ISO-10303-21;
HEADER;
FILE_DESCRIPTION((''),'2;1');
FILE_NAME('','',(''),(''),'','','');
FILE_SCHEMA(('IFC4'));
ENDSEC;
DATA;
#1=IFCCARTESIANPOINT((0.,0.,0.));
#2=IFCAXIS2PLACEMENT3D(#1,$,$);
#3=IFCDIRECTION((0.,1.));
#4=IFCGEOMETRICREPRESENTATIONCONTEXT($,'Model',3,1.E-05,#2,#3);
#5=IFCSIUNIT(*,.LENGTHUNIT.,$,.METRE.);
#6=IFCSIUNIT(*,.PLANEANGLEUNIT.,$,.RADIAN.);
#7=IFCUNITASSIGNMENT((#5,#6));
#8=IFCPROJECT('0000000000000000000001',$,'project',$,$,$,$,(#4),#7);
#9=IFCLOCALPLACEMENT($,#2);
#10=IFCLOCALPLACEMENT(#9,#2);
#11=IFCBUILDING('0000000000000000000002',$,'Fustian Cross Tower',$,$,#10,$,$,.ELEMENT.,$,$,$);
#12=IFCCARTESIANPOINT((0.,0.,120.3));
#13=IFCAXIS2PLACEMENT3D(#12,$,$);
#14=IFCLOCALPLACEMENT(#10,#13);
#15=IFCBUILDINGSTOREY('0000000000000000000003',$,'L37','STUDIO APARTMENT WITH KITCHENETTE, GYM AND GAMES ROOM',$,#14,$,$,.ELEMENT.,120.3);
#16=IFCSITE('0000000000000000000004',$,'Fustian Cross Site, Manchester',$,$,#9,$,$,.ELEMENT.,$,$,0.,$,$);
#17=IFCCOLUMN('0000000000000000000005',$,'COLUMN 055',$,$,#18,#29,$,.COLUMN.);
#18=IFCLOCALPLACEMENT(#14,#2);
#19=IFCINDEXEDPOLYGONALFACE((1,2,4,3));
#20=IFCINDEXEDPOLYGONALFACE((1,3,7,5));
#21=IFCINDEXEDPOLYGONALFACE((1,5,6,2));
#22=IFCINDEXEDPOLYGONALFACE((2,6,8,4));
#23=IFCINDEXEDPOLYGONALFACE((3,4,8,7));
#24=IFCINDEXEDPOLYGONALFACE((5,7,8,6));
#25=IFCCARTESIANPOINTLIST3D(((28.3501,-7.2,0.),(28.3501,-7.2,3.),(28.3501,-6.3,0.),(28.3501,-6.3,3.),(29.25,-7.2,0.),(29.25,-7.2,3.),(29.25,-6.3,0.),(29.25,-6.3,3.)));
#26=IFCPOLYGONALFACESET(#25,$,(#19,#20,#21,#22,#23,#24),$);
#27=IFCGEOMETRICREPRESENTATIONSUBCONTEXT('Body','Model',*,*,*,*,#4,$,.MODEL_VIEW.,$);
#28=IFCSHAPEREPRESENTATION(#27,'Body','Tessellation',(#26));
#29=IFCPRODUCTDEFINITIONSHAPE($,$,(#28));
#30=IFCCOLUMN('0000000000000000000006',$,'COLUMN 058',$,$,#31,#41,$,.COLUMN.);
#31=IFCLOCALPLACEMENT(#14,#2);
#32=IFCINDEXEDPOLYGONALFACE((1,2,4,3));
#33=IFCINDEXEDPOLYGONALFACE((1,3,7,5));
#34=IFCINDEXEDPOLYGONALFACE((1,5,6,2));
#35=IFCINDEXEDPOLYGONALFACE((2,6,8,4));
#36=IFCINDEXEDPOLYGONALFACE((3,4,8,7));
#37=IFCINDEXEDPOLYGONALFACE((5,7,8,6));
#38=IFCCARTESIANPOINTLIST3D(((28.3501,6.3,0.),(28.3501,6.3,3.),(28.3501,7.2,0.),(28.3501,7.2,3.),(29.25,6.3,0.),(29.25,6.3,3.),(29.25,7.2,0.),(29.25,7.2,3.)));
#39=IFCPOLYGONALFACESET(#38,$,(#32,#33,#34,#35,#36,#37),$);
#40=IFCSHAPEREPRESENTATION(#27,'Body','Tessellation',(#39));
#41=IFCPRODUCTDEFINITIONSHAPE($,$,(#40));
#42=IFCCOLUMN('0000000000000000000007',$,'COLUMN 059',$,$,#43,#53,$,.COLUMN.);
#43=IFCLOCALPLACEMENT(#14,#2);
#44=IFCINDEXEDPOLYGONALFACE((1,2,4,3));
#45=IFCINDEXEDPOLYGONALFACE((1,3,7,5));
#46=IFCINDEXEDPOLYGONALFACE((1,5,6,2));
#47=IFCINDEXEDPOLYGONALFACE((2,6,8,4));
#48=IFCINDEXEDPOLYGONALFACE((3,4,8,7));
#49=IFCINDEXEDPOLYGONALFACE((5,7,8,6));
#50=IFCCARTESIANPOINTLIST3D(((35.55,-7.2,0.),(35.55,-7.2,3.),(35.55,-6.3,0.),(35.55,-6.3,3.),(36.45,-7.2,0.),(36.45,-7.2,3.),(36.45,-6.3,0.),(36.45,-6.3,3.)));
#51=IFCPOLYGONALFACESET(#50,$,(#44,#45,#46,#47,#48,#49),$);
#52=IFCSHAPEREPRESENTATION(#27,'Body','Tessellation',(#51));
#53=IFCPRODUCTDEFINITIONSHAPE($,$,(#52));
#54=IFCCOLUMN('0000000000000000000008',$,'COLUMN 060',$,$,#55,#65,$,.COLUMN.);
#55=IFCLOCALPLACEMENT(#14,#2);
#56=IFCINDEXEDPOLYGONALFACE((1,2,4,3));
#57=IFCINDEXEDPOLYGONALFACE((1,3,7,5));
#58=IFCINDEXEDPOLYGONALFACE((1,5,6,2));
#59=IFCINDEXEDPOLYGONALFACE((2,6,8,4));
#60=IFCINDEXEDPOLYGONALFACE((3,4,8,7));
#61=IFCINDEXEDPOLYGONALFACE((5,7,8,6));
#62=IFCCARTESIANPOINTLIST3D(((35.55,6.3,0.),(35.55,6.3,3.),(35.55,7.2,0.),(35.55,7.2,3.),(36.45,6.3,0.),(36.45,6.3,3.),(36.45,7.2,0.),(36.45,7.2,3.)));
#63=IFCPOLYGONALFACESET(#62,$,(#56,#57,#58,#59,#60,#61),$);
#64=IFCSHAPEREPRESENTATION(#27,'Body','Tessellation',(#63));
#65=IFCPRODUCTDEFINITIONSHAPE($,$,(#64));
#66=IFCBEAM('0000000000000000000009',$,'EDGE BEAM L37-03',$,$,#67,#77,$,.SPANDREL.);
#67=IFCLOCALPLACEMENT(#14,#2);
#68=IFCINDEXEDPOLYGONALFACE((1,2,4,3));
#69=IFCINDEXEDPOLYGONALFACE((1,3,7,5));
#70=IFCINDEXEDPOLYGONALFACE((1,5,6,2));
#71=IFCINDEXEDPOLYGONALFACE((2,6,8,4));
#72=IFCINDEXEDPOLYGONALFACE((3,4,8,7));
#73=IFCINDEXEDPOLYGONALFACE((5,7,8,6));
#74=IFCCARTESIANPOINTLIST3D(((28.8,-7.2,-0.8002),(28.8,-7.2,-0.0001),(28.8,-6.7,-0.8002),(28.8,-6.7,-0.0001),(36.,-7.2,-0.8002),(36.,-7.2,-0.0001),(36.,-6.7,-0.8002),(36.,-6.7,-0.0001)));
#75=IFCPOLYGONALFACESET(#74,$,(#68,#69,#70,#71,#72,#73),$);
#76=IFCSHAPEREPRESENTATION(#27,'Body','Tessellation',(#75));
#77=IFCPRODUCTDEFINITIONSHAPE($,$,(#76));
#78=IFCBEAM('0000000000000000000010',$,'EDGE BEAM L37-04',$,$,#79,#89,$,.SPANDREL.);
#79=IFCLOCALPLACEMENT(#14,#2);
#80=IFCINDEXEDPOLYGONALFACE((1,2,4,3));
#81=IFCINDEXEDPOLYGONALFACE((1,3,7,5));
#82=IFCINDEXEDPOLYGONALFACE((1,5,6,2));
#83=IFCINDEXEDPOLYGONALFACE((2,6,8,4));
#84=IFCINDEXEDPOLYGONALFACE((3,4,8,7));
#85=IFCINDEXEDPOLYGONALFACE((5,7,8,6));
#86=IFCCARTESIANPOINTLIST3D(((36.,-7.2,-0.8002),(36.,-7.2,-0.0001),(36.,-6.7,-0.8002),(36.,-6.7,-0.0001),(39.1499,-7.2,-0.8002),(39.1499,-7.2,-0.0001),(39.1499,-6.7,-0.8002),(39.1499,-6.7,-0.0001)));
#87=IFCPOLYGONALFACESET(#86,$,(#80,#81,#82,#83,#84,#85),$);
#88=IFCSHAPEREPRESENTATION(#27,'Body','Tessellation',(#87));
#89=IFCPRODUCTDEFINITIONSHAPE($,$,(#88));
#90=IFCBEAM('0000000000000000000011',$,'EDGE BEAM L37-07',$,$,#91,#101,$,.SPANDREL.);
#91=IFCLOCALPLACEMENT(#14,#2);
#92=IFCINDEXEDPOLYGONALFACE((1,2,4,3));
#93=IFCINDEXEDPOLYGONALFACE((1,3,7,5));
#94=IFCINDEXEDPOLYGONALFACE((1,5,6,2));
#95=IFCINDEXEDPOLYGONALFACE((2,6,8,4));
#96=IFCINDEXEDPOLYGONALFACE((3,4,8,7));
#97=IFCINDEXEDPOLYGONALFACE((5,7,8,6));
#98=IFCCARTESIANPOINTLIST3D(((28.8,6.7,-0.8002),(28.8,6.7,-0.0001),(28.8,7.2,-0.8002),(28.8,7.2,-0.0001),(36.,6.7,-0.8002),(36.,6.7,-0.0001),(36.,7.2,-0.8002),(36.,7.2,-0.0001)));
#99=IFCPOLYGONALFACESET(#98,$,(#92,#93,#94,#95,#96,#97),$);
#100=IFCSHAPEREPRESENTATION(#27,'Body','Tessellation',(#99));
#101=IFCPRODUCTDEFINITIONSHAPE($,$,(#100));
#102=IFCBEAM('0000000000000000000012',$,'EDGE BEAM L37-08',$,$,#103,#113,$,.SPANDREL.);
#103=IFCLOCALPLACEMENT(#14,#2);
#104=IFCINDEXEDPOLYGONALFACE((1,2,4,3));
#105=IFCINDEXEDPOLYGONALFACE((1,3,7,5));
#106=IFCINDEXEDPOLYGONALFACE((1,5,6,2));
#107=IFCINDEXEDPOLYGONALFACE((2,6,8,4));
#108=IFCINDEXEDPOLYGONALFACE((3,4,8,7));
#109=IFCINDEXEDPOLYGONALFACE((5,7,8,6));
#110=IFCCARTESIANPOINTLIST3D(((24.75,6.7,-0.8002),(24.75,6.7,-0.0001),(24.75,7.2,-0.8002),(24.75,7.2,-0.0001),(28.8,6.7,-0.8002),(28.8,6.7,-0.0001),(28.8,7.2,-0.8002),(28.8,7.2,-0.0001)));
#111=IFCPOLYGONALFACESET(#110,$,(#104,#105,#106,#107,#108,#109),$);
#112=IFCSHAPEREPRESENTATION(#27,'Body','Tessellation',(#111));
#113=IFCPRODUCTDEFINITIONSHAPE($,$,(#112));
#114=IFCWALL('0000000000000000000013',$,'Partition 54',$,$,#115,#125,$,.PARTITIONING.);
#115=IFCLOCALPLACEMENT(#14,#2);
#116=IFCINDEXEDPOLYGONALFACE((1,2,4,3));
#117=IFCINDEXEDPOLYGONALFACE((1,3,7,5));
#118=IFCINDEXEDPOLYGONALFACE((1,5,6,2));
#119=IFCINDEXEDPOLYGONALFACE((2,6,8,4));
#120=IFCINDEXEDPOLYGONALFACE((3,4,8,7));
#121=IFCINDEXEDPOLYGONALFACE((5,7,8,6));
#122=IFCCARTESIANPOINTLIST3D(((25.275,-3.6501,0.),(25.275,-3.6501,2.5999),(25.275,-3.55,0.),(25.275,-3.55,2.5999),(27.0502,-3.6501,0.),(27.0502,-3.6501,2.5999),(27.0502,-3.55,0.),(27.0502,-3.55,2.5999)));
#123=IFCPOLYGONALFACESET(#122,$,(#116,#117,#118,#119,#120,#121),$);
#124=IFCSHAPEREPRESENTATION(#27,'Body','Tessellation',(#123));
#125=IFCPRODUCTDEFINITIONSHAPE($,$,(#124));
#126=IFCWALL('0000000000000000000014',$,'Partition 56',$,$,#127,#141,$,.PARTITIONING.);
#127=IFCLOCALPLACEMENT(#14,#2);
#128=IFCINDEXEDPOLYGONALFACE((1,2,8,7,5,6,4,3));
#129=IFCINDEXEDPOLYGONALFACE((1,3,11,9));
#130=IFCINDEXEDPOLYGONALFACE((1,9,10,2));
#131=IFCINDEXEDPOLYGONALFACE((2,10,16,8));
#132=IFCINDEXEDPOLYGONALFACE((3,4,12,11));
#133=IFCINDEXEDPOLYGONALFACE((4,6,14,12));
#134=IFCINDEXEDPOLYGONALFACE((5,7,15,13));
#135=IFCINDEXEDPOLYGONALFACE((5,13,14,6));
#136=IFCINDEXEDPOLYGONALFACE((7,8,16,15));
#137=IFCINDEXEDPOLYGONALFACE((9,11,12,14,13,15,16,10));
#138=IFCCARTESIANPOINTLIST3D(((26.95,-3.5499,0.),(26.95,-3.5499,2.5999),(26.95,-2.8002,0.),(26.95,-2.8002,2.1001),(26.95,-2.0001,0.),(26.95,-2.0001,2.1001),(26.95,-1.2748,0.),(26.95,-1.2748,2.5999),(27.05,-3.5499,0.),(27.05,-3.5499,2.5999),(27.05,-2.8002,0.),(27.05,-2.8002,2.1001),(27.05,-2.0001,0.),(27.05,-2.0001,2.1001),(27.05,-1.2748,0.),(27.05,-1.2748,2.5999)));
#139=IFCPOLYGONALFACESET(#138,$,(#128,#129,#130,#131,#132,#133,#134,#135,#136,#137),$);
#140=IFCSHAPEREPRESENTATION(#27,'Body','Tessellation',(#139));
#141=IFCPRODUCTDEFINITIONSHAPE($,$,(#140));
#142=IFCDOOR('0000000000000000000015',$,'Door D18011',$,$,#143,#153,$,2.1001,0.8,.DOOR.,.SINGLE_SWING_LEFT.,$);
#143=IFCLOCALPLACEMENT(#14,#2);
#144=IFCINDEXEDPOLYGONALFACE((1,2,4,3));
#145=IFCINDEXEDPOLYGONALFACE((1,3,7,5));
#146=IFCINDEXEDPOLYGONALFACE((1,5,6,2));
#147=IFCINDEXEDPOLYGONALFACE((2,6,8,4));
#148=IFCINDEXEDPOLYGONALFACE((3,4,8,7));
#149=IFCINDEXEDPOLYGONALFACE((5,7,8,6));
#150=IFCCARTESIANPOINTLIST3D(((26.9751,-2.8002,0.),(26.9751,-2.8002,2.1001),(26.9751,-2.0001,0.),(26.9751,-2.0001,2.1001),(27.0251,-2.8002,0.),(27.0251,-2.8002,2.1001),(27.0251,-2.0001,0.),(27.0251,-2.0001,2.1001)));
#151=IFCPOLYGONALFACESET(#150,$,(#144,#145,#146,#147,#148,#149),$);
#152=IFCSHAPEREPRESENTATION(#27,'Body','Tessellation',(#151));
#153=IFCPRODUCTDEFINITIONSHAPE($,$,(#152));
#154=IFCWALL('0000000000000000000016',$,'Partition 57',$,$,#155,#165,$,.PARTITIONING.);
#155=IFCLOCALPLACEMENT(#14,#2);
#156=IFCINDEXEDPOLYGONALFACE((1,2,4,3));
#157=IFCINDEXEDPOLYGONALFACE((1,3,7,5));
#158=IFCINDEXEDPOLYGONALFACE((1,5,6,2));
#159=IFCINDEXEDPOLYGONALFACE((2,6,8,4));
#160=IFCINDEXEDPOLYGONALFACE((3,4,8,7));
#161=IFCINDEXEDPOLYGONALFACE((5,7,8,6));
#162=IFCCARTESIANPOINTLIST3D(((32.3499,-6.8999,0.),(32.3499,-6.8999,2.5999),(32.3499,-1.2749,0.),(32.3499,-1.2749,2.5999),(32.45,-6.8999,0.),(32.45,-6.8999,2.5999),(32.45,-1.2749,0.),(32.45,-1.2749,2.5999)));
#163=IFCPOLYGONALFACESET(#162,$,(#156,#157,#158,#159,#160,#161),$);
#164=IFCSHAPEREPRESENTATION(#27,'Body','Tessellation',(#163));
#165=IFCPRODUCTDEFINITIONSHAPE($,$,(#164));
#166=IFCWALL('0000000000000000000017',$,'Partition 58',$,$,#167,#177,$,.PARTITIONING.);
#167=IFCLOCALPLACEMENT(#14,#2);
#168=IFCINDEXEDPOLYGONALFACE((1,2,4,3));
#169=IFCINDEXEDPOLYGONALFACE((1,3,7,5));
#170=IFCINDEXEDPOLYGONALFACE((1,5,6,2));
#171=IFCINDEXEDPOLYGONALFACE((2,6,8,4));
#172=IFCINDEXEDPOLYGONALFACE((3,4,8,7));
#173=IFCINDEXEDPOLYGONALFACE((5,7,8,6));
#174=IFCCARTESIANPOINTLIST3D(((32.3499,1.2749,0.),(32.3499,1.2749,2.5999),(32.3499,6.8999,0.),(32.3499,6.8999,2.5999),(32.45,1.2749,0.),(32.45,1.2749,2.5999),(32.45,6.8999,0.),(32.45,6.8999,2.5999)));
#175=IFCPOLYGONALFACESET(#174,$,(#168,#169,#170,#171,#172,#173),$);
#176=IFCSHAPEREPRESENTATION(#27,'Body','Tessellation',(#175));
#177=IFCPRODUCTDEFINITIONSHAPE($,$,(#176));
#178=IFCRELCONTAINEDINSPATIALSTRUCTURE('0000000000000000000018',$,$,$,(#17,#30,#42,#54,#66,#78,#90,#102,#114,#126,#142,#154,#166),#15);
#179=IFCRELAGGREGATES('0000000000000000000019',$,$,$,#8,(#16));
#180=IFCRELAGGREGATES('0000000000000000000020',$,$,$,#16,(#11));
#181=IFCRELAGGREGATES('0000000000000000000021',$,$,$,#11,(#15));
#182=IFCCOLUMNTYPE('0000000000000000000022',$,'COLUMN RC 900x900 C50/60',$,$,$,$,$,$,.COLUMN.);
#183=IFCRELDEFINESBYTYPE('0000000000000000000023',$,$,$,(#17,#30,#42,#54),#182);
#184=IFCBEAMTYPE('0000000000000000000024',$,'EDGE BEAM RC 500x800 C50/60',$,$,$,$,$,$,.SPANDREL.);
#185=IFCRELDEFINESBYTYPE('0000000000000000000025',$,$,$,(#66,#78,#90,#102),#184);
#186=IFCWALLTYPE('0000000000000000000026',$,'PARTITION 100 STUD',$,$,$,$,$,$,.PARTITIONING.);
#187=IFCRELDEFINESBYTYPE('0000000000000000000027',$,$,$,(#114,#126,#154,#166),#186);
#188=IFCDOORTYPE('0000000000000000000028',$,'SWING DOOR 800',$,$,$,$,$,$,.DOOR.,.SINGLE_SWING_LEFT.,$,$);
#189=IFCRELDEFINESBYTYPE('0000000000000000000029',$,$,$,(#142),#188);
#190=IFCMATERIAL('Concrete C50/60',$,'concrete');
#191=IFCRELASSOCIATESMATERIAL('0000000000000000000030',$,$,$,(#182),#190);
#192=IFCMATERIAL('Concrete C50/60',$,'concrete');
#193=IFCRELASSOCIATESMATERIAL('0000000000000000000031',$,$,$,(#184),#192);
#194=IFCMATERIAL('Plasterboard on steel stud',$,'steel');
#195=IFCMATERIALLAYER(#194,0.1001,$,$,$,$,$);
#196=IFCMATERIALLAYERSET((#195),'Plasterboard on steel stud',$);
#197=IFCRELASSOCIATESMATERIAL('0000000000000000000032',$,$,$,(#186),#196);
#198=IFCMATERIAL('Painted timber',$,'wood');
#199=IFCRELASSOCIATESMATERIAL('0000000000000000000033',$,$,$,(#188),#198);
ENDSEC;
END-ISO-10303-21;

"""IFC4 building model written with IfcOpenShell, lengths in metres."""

from ifc_helpers import new_model, si_unit, direction, frame, frame_2d, origin, origin_2d, place, context, subcontext, project, spatial, rectangle, extrude, material, layer, layer_set, material_profile, profile_set, type_object, element, fill, save


model = new_model("IFC4")

# Units and contexts
model_context = context("Model", 3, precision=1e-05, world=origin(), true_north=direction((0.0, 1.0)))
body_context = subcontext(model_context, "Body", "Model", "MODEL_VIEW")
ifc_project = project(units=[si_unit("LENGTHUNIT", "METRE"), si_unit("PLANEANGLEUNIT", "RADIAN")], contexts=[model_context])

# Site, building, storey
site_placement = place(None, origin())
site = spatial("IfcSite", under=ifc_project, at=site_placement, Name="Fustian Cross Site, Manchester", CompositionType="ELEMENT", RefElevation=0.0)
building_placement = place(site_placement, origin())
building = spatial("IfcBuilding", under=site, at=building_placement, Name="Fustian Cross Tower", CompositionType="ELEMENT")
storey_placement = place(building_placement, frame((0.0, 0.0, 120.3)))
storey = spatial("IfcBuildingStorey", under=building, at=storey_placement, Name="L37", Description="STUDIO APARTMENT WITH KITCHENETTE, GYM AND GAMES ROOM", CompositionType="ELEMENT", Elevation=120.3)

# Columns
ifc_material_1 = material(Name="Concrete C50/60", Category="concrete")
ifc_material_profile_1 = material_profile(ifc_material_1, rectangle(XDim=0.8999, YDim=0.8999, at=origin_2d()), Name="RC 900x900")
ifc_profile_set_1 = profile_set([ifc_material_profile_1], Name="Concrete C50/60")
column_type = type_object("IfcColumnType", Name="COLUMN RC 900x900 C50/60", PredefinedType="COLUMN", material=ifc_profile_set_1)
for number, where, z_axis, x_axis, name in (
    (1, (28.8, -6.75, 0.0), (0.0, 0.0, 1.0), (1.0, 0.0, 0.0), "COLUMN 055"),
    (2, (28.8, 6.75, 0.0), (0.0, 0.0, 1.0), (1.0, 0.0, 0.0), "COLUMN 058"),
    (3, (36.0, -6.75, 0.0), (0.0, 0.0, 1.0), (1.0, 0.0, 0.0), "COLUMN 059"),
    (4, (36.0, 6.75, 0.0), (0.0, 0.0, 1.0), (1.0, 0.0, 0.0), "COLUMN 060"),
):
    element("IfcColumn", number, at=place(storey_placement, frame(where, z_axis=z_axis, x_axis=x_axis)), inside=storey, type_object=column_type, Name=name, PredefinedType="COLUMN", context=body_context, shape_type="SweptSolid", body=[
        extrude(rectangle(XDim=0.8999, YDim=0.8999, at=origin_2d()), origin(), (0.0, 0.0, 1.0), 3.0),
    ])

# Beams
ifc_material_2 = material(Name="Concrete C50/60", Category="concrete")
ifc_material_profile_2 = material_profile(ifc_material_2, rectangle(XDim=0.5, YDim=0.8, at=origin_2d()), Name="RC 500x800")
ifc_profile_set_2 = profile_set([ifc_material_profile_2], Name="Concrete C50/60")
beam_type = type_object("IfcBeamType", Name="EDGE BEAM RC 500x800 C50/60", PredefinedType="SPANDREL", material=ifc_profile_set_2)
beam_1_placement = place(storey_placement, frame((28.8, -6.95, -0.4001), z_axis=(1.0, 0.0, 0.0), x_axis=(0.0, 1.0, 0.0)))
element("IfcBeam", 5, at=beam_1_placement, inside=storey, type_object=beam_type, Name="EDGE BEAM L37-03", PredefinedType="SPANDREL", context=body_context, shape_type="SweptSolid", body=[
    extrude(rectangle(XDim=0.5, YDim=0.8, at=origin_2d()), origin(), (0.0, 0.0, 1.0), 7.2),
])
beam_2_placement = place(storey_placement, frame((36.0, -6.95, -0.4001), z_axis=(1.0, 0.0, 0.0), x_axis=(0.0, 1.0, 0.0)))
element("IfcBeam", 6, at=beam_2_placement, inside=storey, type_object=beam_type, Name="EDGE BEAM L37-04", PredefinedType="SPANDREL", context=body_context, shape_type="SweptSolid", body=[
    extrude(rectangle(XDim=0.5, YDim=0.8, at=origin_2d()), origin(), (0.0, 0.0, 1.0), 3.1499),
])
beam_3_placement = place(storey_placement, frame((36.0, 6.95, -0.4001), z_axis=(-1.0, 0.0, 0.0), x_axis=(0.0, -1.0, 0.0)))
element("IfcBeam", 7, at=beam_3_placement, inside=storey, type_object=beam_type, Name="EDGE BEAM L37-07", PredefinedType="SPANDREL", context=body_context, shape_type="SweptSolid", body=[
    extrude(rectangle(XDim=0.5, YDim=0.8, at=origin_2d()), origin(), (0.0, 0.0, 1.0), 7.2),
])
beam_4_placement = place(storey_placement, frame((28.8, 6.95, -0.4001), z_axis=(-1.0, 0.0, 0.0), x_axis=(0.0, -1.0, 0.0)))
element("IfcBeam", 8, at=beam_4_placement, inside=storey, type_object=beam_type, Name="EDGE BEAM L37-08", PredefinedType="SPANDREL", context=body_context, shape_type="SweptSolid", body=[
    extrude(rectangle(XDim=0.5, YDim=0.8, at=origin_2d()), origin(), (0.0, 0.0, 1.0), 4.05),
])

# Wall
ifc_material_3 = material(Name="Plasterboard on steel stud", Category="steel")
ifc_layer_1 = layer(ifc_material_3, 0.1001)
ifc_layer_set_1 = layer_set([ifc_layer_1], Name="Plasterboard on steel stud")
wall_type_1 = type_object("IfcWallType", Name="PARTITION 100 STUD", PredefinedType="PARTITIONING", material=ifc_layer_set_1)
wall_1_placement = place(storey_placement, frame((25.2749, -3.6001, 0.0), z_axis=(0.0, 0.0, 1.0), x_axis=(1.0, 0.0, 0.0)))
element("IfcWall", 9, at=wall_1_placement, inside=storey, type_object=wall_type_1, Name="Partition 54", PredefinedType="PARTITIONING", context=body_context, shape_type="SweptSolid", body=[
    extrude(rectangle(XDim=1.7751, YDim=0.1001, at=frame_2d((0.8877, 0.0))), origin(), (0.0, 0.0, 1.0), 2.5999),
])

# Wall, opening, door
wall_2_placement = place(storey_placement, frame((27.0, -3.55, 0.0), z_axis=(0.0, 0.0, 1.0), x_axis=(0.0, 1.0, 0.0)))
wall_2 = element("IfcWall", 10, at=wall_2_placement, inside=storey, type_object=wall_type_1, Name="Partition 56", PredefinedType="PARTITIONING", context=body_context, shape_type="SweptSolid", body=[
    extrude(rectangle(XDim=2.2751, YDim=0.1001, at=frame_2d((1.1377, 0.0))), origin(), (0.0, 0.0, 1.0), 2.5999),
])
opening_1_placement = place(wall_2_placement, frame((0.75, 0.0, 0.0)))
opening_1 = element("IfcOpeningElement", 11, at=opening_1_placement, cuts=wall_2, PredefinedType="OPENING", context=body_context, shape_type="SweptSolid", body=[
    extrude(rectangle(XDim=0.8, YDim=2.1001, at=frame_2d((0.3999, 1.05))), frame((0.0, 0.0601, 0.0), z_axis=(0.0, -1.0, 0.0), x_axis=(1.0, 0.0, 0.0)), (0.0, 0.0, 1.0), 0.1201),
])
ifc_material_4 = material(Name="Painted timber", Category="wood")
door_type_1 = type_object("IfcDoorType", Name="SWING DOOR 800", OperationType="SINGLE_SWING_LEFT", PredefinedType="DOOR", material=ifc_material_4)
door_1_placement = place(opening_1_placement, origin())
door_1 = element("IfcDoor", 12, at=door_1_placement, inside=storey, type_object=door_type_1, Name="Door D18011", OperationType="SINGLE_SWING_LEFT", OverallHeight=2.1001, OverallWidth=0.8, PredefinedType="DOOR", context=body_context, shape_type="SweptSolid", body=[
    extrude(rectangle(XDim=0.8, YDim=2.1001, at=frame_2d((0.3999, 1.05))), frame((0.0, 0.0249, 0.0), z_axis=(0.0, -1.0, 0.0), x_axis=(1.0, 0.0, 0.0)), (0.0, 0.0, 1.0), 0.05),
])
fill(opening_1, door_1)

# Walls
for number, where, z_axis, x_axis, name in (
    (13, (32.3999, -6.8999, 0.0), (0.0, 0.0, 1.0), (0.0, 1.0, 0.0), "Partition 57"),
    (14, (32.3999, 1.2749, 0.0), (0.0, 0.0, 1.0), (0.0, 1.0, 0.0), "Partition 58"),
):
    element("IfcWall", number, at=place(storey_placement, frame(where, z_axis=z_axis, x_axis=x_axis)), inside=storey, type_object=wall_type_1, Name=name, PredefinedType="PARTITIONING", context=body_context, shape_type="SweptSolid", body=[
        extrude(rectangle(XDim=5.625, YDim=0.1001, at=frame_2d((2.8125, 0.0))), origin(), (0.0, 0.0, 1.0), 2.5999),
    ])

save(model, "model.ifc")
